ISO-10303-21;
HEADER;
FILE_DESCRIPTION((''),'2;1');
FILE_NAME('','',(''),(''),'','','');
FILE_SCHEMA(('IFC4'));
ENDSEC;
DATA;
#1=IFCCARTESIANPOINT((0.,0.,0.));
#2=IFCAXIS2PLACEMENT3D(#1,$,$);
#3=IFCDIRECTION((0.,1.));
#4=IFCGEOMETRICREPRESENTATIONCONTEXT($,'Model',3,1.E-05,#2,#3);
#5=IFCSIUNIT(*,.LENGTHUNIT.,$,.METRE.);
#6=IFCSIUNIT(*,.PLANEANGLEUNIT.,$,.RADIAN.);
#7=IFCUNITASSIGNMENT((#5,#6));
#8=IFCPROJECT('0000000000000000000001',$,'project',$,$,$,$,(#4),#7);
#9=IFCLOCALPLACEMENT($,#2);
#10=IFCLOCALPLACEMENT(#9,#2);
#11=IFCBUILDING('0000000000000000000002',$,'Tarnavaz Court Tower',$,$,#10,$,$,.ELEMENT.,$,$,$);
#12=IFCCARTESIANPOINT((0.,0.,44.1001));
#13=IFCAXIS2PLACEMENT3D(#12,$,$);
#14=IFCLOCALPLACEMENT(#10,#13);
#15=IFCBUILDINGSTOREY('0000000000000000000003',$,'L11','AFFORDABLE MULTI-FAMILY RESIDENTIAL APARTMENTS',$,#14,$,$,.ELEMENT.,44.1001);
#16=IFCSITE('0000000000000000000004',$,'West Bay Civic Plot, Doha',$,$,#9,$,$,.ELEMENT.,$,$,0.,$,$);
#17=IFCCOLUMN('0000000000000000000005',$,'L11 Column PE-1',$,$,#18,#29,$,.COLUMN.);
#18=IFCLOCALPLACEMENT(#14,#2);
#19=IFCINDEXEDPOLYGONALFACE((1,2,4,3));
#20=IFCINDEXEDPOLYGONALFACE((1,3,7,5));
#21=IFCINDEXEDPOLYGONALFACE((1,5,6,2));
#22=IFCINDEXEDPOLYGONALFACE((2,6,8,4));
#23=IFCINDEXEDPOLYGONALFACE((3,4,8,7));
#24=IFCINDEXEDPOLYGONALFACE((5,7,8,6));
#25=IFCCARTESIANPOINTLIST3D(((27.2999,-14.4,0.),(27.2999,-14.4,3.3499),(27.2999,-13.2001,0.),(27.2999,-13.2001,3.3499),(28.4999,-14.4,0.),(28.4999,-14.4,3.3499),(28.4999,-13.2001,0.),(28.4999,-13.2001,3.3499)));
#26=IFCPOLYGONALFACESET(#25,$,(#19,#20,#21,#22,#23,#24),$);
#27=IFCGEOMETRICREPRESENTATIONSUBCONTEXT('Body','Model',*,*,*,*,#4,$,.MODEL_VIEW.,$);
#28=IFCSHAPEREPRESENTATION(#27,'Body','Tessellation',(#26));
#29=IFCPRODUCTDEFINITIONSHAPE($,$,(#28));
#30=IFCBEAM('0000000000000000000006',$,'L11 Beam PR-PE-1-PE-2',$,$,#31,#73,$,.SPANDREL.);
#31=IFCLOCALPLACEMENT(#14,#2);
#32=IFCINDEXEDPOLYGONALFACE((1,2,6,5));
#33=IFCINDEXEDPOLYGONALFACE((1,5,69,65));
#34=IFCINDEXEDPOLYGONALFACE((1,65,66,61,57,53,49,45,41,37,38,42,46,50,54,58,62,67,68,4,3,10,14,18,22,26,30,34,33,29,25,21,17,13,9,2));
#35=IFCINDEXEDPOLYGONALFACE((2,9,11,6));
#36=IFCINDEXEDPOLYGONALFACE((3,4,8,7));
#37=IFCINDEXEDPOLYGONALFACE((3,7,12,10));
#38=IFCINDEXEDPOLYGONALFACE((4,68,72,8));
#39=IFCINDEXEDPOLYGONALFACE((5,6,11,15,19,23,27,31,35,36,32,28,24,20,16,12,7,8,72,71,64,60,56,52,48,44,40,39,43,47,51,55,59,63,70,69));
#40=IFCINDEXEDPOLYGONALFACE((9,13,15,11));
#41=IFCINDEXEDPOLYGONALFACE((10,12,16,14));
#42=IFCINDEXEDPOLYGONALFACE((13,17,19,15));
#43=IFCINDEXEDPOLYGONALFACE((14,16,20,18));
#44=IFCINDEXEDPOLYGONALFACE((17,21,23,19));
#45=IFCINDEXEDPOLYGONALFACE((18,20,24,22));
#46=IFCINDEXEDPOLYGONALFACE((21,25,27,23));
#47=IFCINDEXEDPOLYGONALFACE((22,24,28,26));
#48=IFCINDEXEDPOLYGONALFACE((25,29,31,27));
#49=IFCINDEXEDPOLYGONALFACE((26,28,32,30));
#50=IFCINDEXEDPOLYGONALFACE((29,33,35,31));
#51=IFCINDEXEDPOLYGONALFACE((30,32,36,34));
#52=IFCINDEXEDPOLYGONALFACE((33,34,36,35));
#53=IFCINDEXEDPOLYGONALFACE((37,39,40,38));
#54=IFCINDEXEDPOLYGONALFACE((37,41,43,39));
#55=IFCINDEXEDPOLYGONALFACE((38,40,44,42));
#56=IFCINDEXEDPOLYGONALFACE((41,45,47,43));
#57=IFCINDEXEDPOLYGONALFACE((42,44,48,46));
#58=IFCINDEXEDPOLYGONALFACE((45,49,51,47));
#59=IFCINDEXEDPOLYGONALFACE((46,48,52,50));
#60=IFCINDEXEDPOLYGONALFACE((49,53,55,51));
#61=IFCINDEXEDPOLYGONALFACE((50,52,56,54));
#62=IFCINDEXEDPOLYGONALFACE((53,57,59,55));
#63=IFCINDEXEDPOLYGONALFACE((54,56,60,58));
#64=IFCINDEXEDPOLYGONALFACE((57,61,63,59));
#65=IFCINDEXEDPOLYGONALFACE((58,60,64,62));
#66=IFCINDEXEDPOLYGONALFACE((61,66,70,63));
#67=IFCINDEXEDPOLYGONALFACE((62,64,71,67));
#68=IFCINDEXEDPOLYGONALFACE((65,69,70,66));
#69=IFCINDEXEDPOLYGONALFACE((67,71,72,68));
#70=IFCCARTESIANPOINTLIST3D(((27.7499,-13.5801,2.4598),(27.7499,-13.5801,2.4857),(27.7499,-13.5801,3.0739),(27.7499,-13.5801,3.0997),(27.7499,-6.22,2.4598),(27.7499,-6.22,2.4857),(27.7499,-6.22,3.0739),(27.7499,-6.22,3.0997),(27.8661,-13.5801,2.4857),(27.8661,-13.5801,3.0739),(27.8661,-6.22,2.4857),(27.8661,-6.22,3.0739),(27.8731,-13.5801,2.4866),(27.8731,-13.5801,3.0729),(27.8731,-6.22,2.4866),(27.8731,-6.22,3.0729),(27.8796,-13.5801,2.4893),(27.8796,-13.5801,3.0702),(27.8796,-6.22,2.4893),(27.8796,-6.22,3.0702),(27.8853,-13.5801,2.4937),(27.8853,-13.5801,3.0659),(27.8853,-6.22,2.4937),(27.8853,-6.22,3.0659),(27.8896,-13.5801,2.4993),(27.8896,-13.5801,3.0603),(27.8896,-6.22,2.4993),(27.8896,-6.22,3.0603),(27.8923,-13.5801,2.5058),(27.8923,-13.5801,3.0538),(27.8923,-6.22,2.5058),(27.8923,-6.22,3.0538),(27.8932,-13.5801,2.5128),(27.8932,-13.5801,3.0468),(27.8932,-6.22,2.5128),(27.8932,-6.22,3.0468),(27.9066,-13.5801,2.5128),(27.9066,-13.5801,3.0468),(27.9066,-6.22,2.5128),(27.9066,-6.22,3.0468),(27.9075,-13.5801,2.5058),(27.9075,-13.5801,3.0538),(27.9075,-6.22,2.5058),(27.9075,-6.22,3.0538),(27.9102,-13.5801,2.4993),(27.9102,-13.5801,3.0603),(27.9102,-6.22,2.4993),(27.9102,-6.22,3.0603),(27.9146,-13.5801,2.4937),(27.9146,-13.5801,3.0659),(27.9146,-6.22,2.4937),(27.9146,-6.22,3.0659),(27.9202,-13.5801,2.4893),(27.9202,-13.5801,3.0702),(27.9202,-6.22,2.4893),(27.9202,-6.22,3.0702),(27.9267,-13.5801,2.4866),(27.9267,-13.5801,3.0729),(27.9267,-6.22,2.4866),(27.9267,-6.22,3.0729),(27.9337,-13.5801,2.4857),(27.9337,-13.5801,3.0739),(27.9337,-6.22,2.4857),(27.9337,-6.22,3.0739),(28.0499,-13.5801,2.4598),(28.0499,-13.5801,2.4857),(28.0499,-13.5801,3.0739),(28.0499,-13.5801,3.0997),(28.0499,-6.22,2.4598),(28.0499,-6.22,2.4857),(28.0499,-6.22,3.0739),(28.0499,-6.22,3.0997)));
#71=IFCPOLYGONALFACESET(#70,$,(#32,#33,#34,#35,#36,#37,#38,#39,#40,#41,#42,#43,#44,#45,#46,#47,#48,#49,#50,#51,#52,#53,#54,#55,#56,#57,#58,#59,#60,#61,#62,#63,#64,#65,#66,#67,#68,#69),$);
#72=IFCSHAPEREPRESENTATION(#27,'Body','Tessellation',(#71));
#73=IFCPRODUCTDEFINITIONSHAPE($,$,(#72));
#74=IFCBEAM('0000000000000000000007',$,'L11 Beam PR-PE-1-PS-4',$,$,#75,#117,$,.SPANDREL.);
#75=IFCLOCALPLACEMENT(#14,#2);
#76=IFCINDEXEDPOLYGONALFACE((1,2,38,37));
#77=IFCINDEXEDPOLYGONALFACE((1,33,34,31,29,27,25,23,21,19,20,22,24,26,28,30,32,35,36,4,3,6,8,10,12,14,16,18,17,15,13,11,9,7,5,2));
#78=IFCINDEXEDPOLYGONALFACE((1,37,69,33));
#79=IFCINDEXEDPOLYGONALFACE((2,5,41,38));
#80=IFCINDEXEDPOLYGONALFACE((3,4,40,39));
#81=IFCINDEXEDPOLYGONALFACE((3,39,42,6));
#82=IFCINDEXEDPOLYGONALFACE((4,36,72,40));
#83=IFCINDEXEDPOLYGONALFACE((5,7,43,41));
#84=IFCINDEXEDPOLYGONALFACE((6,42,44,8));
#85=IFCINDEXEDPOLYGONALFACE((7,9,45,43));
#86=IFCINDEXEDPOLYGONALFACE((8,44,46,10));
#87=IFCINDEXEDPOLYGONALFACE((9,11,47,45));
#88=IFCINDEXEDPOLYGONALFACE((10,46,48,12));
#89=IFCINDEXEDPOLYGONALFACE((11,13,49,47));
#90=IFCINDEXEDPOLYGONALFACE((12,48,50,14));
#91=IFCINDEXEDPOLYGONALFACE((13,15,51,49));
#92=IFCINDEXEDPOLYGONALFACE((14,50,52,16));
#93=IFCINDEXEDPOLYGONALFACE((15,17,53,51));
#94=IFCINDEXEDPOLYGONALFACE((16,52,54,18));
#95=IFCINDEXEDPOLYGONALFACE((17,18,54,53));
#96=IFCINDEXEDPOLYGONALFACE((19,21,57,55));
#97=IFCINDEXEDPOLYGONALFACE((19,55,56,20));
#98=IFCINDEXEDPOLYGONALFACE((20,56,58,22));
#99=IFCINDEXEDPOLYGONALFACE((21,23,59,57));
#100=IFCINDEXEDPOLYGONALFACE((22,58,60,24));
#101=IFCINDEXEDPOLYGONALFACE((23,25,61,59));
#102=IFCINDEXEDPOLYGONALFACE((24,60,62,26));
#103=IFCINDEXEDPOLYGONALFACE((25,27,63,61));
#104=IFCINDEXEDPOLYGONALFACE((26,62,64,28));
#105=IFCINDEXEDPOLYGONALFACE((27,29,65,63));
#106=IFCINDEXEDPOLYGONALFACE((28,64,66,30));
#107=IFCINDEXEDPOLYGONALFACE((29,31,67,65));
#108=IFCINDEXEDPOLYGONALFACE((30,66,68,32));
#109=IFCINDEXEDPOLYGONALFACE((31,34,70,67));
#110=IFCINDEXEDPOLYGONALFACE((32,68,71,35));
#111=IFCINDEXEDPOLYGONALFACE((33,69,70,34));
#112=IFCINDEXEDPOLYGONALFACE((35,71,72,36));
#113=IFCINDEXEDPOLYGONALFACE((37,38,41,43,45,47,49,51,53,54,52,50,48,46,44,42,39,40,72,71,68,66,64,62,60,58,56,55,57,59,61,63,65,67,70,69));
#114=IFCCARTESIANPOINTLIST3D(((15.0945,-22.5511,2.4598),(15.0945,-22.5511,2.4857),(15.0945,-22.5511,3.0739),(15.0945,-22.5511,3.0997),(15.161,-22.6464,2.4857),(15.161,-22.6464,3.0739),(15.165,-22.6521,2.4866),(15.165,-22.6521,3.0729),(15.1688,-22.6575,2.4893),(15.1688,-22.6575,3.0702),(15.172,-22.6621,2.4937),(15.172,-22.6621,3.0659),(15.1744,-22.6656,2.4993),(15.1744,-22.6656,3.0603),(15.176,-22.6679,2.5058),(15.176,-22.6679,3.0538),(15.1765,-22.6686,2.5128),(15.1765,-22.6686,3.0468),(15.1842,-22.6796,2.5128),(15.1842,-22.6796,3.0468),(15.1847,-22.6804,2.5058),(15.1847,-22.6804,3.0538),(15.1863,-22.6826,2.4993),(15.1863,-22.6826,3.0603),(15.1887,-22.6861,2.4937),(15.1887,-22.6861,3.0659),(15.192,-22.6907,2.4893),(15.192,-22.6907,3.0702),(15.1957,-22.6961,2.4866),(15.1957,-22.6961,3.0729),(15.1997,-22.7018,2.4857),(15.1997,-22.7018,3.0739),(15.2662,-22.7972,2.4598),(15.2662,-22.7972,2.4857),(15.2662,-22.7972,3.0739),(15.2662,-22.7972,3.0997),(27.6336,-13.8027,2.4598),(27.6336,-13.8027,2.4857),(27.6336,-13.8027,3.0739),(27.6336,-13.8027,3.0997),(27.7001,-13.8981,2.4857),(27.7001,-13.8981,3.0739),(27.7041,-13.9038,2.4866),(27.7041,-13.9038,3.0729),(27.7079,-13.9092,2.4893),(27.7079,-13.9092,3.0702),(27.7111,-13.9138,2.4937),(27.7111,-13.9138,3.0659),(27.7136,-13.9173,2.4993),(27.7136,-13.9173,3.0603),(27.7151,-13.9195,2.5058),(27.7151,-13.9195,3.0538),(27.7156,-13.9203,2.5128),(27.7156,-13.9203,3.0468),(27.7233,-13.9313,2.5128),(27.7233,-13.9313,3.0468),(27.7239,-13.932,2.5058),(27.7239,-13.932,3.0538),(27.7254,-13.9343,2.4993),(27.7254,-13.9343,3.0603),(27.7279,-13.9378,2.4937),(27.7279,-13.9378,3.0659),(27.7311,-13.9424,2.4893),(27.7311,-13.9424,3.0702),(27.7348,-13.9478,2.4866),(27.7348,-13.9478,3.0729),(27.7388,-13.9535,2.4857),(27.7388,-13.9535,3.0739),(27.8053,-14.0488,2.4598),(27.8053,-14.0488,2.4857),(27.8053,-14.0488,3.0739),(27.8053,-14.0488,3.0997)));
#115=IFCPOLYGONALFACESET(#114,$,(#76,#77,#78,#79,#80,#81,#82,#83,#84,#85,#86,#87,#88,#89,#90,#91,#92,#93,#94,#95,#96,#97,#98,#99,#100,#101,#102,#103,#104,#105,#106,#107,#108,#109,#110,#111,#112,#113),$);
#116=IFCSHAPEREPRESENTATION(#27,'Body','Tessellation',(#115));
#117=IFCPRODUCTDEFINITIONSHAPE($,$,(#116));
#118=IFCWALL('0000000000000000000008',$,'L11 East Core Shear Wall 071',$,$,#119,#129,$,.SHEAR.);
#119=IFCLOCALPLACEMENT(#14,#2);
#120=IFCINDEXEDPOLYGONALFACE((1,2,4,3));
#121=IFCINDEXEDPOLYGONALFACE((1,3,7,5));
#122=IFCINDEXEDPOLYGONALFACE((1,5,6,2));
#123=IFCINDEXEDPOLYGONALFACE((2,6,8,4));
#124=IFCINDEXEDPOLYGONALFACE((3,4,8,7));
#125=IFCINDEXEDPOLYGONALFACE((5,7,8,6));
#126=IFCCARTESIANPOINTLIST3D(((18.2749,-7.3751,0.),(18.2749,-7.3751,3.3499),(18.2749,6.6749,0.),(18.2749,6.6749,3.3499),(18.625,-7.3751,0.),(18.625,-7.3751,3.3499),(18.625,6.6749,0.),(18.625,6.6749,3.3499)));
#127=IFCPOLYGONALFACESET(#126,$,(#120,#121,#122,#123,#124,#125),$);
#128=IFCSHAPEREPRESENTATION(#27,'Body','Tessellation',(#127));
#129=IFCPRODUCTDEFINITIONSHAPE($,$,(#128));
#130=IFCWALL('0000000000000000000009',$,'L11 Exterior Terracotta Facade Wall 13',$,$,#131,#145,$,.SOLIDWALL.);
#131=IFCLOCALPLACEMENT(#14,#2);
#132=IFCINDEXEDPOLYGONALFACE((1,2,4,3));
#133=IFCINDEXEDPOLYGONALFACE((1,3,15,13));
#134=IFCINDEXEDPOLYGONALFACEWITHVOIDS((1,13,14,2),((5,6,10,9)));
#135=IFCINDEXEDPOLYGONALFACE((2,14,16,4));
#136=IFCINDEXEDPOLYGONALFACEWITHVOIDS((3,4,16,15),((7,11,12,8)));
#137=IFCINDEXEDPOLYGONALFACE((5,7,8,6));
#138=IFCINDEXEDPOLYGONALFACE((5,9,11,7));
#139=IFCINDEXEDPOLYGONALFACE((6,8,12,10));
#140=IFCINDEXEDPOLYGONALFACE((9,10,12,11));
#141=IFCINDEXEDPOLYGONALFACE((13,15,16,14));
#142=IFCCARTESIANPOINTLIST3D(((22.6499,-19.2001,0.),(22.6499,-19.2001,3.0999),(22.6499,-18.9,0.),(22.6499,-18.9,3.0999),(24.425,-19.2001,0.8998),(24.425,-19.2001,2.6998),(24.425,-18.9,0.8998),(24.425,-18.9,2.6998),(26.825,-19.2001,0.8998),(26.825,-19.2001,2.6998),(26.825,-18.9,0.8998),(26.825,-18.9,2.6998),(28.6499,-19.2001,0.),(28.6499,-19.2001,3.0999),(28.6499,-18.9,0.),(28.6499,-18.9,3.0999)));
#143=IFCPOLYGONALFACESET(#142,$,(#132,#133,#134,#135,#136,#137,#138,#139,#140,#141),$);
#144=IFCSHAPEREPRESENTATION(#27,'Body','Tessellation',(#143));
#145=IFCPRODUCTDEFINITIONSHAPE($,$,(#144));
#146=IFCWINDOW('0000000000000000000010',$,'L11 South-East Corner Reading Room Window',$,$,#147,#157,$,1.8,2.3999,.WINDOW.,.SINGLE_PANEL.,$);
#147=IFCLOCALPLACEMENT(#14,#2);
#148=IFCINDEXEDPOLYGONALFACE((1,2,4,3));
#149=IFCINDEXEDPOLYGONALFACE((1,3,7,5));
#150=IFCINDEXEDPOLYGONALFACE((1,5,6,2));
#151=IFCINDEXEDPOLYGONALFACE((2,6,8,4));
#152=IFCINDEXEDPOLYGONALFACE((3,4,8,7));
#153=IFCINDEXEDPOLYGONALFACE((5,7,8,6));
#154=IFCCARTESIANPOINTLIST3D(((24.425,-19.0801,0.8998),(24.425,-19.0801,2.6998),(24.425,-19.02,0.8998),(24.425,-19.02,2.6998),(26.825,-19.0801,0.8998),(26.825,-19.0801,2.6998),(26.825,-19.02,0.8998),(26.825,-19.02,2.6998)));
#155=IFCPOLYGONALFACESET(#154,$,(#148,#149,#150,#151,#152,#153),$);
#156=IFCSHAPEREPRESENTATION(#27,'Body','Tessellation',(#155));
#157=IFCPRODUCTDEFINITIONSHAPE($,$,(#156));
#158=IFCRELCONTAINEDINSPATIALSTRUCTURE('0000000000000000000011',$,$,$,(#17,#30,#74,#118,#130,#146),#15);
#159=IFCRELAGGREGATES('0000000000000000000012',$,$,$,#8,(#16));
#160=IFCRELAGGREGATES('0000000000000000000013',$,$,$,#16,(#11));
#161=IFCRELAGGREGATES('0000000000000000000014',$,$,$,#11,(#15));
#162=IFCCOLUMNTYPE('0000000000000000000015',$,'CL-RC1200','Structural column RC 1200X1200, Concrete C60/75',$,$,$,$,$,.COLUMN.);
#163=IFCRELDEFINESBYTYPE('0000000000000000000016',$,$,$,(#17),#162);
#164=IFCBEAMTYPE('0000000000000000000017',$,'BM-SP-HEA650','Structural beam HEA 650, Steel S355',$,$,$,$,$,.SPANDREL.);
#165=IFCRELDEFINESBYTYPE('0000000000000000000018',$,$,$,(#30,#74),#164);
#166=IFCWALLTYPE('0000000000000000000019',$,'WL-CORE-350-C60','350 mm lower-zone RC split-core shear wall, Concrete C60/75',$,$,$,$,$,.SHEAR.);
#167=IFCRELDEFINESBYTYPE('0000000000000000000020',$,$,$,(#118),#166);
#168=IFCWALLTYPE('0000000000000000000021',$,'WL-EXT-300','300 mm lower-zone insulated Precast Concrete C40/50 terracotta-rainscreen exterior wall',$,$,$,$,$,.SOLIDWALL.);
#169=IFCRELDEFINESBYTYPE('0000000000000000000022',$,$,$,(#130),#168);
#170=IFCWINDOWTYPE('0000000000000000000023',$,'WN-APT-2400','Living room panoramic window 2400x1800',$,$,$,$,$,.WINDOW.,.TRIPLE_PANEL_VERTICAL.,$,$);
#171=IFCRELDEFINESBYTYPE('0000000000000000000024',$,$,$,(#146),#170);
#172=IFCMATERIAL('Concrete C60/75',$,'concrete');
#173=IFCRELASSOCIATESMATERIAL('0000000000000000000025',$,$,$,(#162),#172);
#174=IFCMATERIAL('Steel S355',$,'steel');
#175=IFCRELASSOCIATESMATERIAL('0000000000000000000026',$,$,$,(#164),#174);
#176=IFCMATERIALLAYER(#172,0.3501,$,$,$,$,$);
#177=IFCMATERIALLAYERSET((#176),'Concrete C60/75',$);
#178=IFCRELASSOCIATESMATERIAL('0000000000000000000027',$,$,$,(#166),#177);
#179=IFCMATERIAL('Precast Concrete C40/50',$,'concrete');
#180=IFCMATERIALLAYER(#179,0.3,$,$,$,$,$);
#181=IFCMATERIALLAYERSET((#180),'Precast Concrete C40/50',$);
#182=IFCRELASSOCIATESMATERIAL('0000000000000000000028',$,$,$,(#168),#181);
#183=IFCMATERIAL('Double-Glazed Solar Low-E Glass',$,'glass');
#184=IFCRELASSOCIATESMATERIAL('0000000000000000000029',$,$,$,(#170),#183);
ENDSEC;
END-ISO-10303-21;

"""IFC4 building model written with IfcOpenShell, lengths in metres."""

from ifc_helpers import new_model, si_unit, direction, frame, frame_2d, origin, origin_2d, place, context, subcontext, project, spatial, rectangle, i_section, extrude, material, layer, layer_set, material_profile, profile_set, type_object, element, fill, save


model = new_model("IFC4")

# Units and contexts
model_context = context("Model", 3, precision=1e-05, world=origin(), true_north=direction((0.0, 1.0)))
body_context = subcontext(model_context, "Body", "Model", "MODEL_VIEW")
ifc_project = project(units=[si_unit("LENGTHUNIT", "METRE"), si_unit("PLANEANGLEUNIT", "RADIAN")], contexts=[model_context])

# Site, building, storey
site_placement = place(None, origin())
site = spatial("IfcSite", under=ifc_project, at=site_placement, Name="West Bay Civic Plot, Doha", CompositionType="ELEMENT", RefElevation=0.0)
building_placement = place(site_placement, origin())
building = spatial("IfcBuilding", under=site, at=building_placement, Name="Tarnavaz Court Tower", CompositionType="ELEMENT")
storey_placement = place(building_placement, frame((0.0, 0.0, 44.1001)))
storey = spatial("IfcBuildingStorey", under=building, at=storey_placement, Name="L11", Description="AFFORDABLE MULTI-FAMILY RESIDENTIAL APARTMENTS", CompositionType="ELEMENT", Elevation=44.1001)

# Column
ifc_material_1 = material(Name="Concrete C60/75", Category="concrete")
ifc_material_profile_1 = material_profile(ifc_material_1, rectangle(XDim=1.2, YDim=1.2, at=origin_2d()), Name="RC 1200X1200")
ifc_profile_set_1 = profile_set([ifc_material_profile_1], Name="Concrete C60/75")
column_type = type_object("IfcColumnType", Name="CL-RC1200", Description="Structural column RC 1200X1200, Concrete C60/75", PredefinedType="COLUMN", material=ifc_profile_set_1)
column_placement = place(storey_placement, frame((27.8999, -13.8, 0.0), z_axis=(0.0, 0.0, 1.0), x_axis=(1.0, 0.0, 0.0)))
element("IfcColumn", 1, at=column_placement, inside=storey, type_object=column_type, Name="L11 Column PE-1", PredefinedType="COLUMN", context=body_context, shape_type="SweptSolid", body=[
    extrude(rectangle(XDim=1.2, YDim=1.2, at=origin_2d()), origin(), (0.0, 0.0, 1.0), 3.3499),
])

# Beams
ifc_material_2 = material(Name="Steel S355", Category="steel")
ifc_material_profile_2 = material_profile(ifc_material_2, i_section(OverallWidth=0.3, OverallDepth=0.6399, WebThickness=0.0134, FlangeThickness=0.0259, FilletRadius=0.0271, at=origin_2d()), Name="HEA 650")
ifc_profile_set_2 = profile_set([ifc_material_profile_2], Name="Steel S355")
beam_type = type_object("IfcBeamType", Name="BM-SP-HEA650", Description="Structural beam HEA 650, Steel S355", PredefinedType="SPANDREL", material=ifc_profile_set_2)
beam_1_placement = place(storey_placement, frame((27.8999, -13.5801, 2.7798), z_axis=(0.0, 1.0, 0.0), x_axis=(-1.0, 0.0, 0.0)))
element("IfcBeam", 2, at=beam_1_placement, inside=storey, type_object=beam_type, Name="L11 Beam PR-PE-1-PE-2", PredefinedType="SPANDREL", context=body_context, shape_type="SweptSolid", body=[
    extrude(i_section(OverallWidth=0.3, OverallDepth=0.6399, WebThickness=0.0134, FlangeThickness=0.0259, FilletRadius=0.0271, at=origin_2d()), origin(), (0.0, 0.0, 1.0), 7.3601),
])
beam_2_placement = place(storey_placement, frame((27.7195, -13.9258, 2.7798), z_axis=(-0.820124, -0.572186, 0.0), x_axis=(0.572186, -0.820124, 0.0)))
element("IfcBeam", 3, at=beam_2_placement, inside=storey, type_object=beam_type, Name="L11 Beam PR-PE-1-PS-4", PredefinedType="SPANDREL", context=body_context, shape_type="SweptSolid", body=[
    extrude(i_section(OverallWidth=0.3, OverallDepth=0.6399, WebThickness=0.0134, FlangeThickness=0.0259, FilletRadius=0.0271, at=origin_2d()), origin(), (0.0, 0.0, 1.0), 15.2893),
])

# Wall
ifc_layer_1 = layer(ifc_material_1, 0.3501)
ifc_layer_set_1 = layer_set([ifc_layer_1], Name="Concrete C60/75")
wall_type_1 = type_object("IfcWallType", Name="WL-CORE-350-C60", Description="350 mm lower-zone RC split-core shear wall, Concrete C60/75", PredefinedType="SHEAR", material=ifc_layer_set_1)
wall_1_placement = place(storey_placement, frame((18.45, -7.375, 0.0), z_axis=(0.0, 0.0, 1.0), x_axis=(0.0, 1.0, 0.0)))
element("IfcWall", 4, at=wall_1_placement, inside=storey, type_object=wall_type_1, Name="L11 East Core Shear Wall 071", PredefinedType="SHEAR", context=body_context, shape_type="SweptSolid", body=[
    extrude(rectangle(XDim=14.05, YDim=0.3501, at=frame_2d((7.0249, 0.0))), origin(), (0.0, 0.0, 1.0), 3.3499),
])

# Wall, opening, window
ifc_material_3 = material(Name="Precast Concrete C40/50", Category="concrete")
ifc_layer_2 = layer(ifc_material_3, 0.3)
ifc_layer_set_2 = layer_set([ifc_layer_2], Name="Precast Concrete C40/50")
wall_type_2 = type_object("IfcWallType", Name="WL-EXT-300", Description="300 mm lower-zone insulated Precast Concrete C40/50 terracotta-rainscreen exterior wall", PredefinedType="SOLIDWALL", material=ifc_layer_set_2)
wall_2_placement = place(storey_placement, frame((28.6499, -19.05, 0.0), z_axis=(0.0, 0.0, 1.0), x_axis=(-1.0, 0.0, 0.0)))
wall_2 = element("IfcWall", 5, at=wall_2_placement, inside=storey, type_object=wall_type_2, Name="L11 Exterior Terracotta Facade Wall 13", PredefinedType="SOLIDWALL", context=body_context, shape_type="SweptSolid", body=[
    extrude(rectangle(XDim=6.0, YDim=0.3, at=frame_2d((3.0, 0.0))), origin(), (0.0, 0.0, 1.0), 3.0999),
])
opening_1_placement = place(wall_2_placement, frame((1.825, 0.0, 0.8999)))
opening_1 = element("IfcOpeningElement", 6, at=opening_1_placement, cuts=wall_2, PredefinedType="OPENING", context=body_context, shape_type="SweptSolid", body=[
    extrude(rectangle(XDim=2.3999, YDim=1.8, at=frame_2d((1.2, 0.8999))), frame((0.0, 0.1599, 0.0), z_axis=(0.0, -1.0, 0.0), x_axis=(1.0, 0.0, 0.0)), (0.0, 0.0, 1.0), 0.3201),
])
ifc_material_4 = material(Name="Double-Glazed Solar Low-E Glass", Category="glass")
window_type_1 = type_object("IfcWindowType", Name="WN-APT-2400", Description="Living room panoramic window 2400x1800", PartitioningType="TRIPLE_PANEL_VERTICAL", PredefinedType="WINDOW", material=ifc_material_4)
window_1_placement = place(opening_1_placement, origin())
window_1 = element("IfcWindow", 7, at=window_1_placement, inside=storey, type_object=window_type_1, Name="L11 South-East Corner Reading Room Window", OverallHeight=1.8, OverallWidth=2.3999, PartitioningType="SINGLE_PANEL", PredefinedType="WINDOW", context=body_context, shape_type="SweptSolid", body=[
    extrude(rectangle(XDim=2.3999, YDim=1.8, at=frame_2d((1.2, 0.8999))), frame((0.0, 0.03, 0.0), z_axis=(0.0, -1.0, 0.0), x_axis=(1.0, 0.0, 0.0)), (0.0, 0.0, 1.0), 0.0601),
])
fill(opening_1, window_1)

save(model, "model.ifc")
